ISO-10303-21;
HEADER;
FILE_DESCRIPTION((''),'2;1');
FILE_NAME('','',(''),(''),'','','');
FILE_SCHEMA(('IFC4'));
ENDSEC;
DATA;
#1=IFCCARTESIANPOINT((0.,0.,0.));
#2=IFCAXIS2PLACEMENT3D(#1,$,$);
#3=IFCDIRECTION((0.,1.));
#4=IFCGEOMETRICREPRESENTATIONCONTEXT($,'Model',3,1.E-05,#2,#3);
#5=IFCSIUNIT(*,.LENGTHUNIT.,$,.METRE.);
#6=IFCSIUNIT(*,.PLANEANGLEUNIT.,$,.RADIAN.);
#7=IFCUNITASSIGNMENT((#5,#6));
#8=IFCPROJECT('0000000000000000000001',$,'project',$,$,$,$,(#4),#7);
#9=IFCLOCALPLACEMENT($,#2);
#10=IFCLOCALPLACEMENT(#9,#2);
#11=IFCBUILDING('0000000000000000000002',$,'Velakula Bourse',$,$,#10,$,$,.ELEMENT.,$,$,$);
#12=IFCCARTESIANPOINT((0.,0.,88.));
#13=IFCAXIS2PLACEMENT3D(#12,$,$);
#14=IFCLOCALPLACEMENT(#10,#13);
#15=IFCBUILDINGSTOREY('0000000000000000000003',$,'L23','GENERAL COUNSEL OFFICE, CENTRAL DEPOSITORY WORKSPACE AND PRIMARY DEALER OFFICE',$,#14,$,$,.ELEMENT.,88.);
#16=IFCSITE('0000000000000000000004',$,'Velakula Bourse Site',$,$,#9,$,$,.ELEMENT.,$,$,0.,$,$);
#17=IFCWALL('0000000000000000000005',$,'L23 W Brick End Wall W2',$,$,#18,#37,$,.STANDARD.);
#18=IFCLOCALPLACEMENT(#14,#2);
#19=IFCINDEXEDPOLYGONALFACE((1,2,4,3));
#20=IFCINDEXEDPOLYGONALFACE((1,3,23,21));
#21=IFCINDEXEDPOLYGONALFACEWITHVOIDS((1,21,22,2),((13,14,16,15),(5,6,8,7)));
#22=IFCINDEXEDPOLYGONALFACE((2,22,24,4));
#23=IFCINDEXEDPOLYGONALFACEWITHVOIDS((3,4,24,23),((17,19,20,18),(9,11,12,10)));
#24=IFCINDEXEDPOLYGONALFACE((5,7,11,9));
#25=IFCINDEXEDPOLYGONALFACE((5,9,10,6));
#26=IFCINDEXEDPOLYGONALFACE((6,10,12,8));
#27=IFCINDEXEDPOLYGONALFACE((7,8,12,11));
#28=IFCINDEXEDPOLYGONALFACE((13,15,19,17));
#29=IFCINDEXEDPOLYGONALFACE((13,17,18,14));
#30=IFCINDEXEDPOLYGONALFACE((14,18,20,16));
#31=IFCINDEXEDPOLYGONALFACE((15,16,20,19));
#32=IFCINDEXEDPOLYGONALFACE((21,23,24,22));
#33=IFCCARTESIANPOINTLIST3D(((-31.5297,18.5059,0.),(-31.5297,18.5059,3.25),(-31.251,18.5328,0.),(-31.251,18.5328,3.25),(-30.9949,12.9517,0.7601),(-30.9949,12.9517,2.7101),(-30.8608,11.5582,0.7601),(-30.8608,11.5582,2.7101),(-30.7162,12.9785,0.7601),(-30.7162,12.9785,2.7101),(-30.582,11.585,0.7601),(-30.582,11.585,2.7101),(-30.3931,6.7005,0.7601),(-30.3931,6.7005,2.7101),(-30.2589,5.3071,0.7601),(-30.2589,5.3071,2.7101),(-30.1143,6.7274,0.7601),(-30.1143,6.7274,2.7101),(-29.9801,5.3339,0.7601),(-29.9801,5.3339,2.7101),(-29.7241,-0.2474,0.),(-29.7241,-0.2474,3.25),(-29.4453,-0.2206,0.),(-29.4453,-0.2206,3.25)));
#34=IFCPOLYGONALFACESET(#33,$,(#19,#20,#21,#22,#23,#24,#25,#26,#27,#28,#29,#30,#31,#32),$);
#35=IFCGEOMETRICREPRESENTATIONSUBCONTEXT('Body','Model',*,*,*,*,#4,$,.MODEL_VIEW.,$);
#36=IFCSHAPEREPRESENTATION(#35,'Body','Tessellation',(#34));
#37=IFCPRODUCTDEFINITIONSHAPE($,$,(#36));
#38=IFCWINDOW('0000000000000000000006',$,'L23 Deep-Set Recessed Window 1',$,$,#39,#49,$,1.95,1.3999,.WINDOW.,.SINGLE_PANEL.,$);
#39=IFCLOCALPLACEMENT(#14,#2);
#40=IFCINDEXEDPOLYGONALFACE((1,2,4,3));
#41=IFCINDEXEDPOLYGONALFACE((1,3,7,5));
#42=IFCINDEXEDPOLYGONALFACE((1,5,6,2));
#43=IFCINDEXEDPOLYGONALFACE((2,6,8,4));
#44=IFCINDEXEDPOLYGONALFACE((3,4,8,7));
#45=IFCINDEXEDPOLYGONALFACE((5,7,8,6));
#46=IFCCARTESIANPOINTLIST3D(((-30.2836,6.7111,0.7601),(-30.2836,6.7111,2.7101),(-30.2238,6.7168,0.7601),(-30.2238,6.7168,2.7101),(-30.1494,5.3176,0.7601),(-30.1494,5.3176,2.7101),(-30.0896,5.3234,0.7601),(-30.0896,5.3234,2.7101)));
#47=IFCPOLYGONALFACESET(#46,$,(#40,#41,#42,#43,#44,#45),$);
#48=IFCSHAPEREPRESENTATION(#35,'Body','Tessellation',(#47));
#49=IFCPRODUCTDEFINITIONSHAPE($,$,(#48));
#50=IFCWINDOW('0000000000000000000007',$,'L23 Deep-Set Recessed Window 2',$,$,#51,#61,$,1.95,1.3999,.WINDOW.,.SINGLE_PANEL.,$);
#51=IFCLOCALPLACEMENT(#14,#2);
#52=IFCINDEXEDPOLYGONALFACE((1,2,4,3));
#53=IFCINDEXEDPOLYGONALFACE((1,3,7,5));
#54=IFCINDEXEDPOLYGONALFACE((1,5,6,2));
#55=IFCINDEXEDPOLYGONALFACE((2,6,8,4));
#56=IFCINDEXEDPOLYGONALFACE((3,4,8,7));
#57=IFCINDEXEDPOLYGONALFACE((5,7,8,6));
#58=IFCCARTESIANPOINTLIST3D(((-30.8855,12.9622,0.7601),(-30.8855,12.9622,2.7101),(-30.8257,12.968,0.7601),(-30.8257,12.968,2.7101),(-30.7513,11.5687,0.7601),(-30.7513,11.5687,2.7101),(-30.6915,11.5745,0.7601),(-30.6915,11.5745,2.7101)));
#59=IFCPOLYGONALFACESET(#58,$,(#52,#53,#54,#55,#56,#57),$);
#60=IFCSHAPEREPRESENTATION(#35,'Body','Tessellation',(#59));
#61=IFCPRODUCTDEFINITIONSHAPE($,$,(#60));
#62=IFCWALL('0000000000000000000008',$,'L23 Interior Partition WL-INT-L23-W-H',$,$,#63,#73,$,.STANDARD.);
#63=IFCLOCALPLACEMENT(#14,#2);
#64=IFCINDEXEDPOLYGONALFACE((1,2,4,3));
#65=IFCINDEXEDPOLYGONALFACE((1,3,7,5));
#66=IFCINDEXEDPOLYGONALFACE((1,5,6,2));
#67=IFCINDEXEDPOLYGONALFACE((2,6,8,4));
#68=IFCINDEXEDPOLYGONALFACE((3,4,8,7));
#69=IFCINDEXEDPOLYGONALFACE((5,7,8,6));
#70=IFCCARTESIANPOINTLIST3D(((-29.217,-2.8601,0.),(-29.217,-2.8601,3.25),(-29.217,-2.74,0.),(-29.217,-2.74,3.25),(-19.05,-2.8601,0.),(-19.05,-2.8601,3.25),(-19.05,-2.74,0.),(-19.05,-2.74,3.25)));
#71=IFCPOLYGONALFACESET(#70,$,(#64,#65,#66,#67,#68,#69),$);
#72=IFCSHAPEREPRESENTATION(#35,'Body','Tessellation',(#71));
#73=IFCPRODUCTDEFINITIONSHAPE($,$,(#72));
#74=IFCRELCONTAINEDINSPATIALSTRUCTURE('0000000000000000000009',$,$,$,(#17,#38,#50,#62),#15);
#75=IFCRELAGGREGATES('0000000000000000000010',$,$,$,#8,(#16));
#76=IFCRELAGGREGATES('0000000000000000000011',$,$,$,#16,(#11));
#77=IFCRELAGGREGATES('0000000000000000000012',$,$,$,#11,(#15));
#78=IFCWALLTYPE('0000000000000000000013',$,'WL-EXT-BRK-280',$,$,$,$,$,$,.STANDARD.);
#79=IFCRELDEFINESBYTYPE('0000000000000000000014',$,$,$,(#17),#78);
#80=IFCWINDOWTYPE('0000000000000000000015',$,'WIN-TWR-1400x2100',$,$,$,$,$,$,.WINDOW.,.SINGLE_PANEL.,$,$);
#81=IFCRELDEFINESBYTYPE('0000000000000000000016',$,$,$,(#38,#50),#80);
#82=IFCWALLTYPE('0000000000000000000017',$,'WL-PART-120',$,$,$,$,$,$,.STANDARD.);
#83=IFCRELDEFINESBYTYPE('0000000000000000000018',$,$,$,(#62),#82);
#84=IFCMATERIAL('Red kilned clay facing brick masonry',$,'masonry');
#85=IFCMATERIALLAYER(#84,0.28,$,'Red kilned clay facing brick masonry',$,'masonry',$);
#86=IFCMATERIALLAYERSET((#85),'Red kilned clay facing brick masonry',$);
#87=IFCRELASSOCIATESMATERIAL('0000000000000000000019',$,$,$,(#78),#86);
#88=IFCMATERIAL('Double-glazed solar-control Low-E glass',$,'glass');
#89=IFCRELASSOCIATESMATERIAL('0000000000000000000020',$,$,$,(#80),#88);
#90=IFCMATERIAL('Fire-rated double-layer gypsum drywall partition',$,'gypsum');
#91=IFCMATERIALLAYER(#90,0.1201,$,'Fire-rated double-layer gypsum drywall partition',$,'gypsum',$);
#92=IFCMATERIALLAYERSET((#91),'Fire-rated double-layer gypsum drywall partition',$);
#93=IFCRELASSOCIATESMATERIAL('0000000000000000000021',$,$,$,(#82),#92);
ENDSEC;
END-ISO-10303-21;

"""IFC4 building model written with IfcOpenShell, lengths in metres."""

from ifc_helpers import new_model, si_unit, direction, frame, frame_2d, origin, place, context, subcontext, project, spatial, rectangle, extrude, material, layer, layer_set, type_object, element, fill, save


model = new_model("IFC4")

# Units and contexts
model_context = context("Model", 3, precision=1e-05, world=origin(), true_north=direction((0.0, 1.0)))
body_context = subcontext(model_context, "Body", "Model", "MODEL_VIEW")
ifc_project = project(units=[si_unit("LENGTHUNIT", "METRE"), si_unit("PLANEANGLEUNIT", "RADIAN")], contexts=[model_context])

# Site, building, storey
site_placement = place(None, origin())
site = spatial("IfcSite", under=ifc_project, at=site_placement, Name="Velakula Bourse Site", CompositionType="ELEMENT", RefElevation=0.0)
building_placement = place(site_placement, origin())
building = spatial("IfcBuilding", under=site, at=building_placement, Name="Velakula Bourse", CompositionType="ELEMENT")
storey_placement = place(building_placement, frame((0.0, 0.0, 88.0)))
storey = spatial("IfcBuildingStorey", under=building, at=storey_placement, Name="L23", Description="GENERAL COUNSEL OFFICE, CENTRAL DEPOSITORY WORKSPACE AND PRIMARY DEALER OFFICE", CompositionType="ELEMENT", Elevation=88.0)

# Wall, openings, windows
ifc_material_1 = material(Name="Red kilned clay facing brick masonry", Category="masonry")
ifc_layer_1 = layer(ifc_material_1, 0.28, Name="Red kilned clay facing brick masonry", Category="masonry")
ifc_layer_set_1 = layer_set([ifc_layer_1], Name="Red kilned clay facing brick masonry")
wall_type_1 = type_object("IfcWallType", Name="WL-EXT-BRK-280", PredefinedType="STANDARD", material=ifc_layer_set_1)
wall_1_placement = place(storey_placement, frame((-29.5847, -0.2339, 0.0), z_axis=(0.0, 0.0, 1.0), x_axis=(-0.095841, 0.995397, 0.0)))
wall_1 = element("IfcWall", 1, at=wall_1_placement, inside=storey, type_object=wall_type_1, Name="L23 W Brick End Wall W2", PredefinedType="STANDARD", context=body_context, shape_type="SweptSolid", body=[
    extrude(rectangle(XDim=18.8401, YDim=0.28, at=frame_2d((9.4199, 0.0))), origin(), (0.0, 0.0, 1.0), 3.25),
])
opening_1_placement = place(wall_1_placement, frame((5.5801, 0.0, 0.76)))
opening_1 = element("IfcOpeningElement", 2, at=opening_1_placement, cuts=wall_1, PredefinedType="OPENING", context=body_context, shape_type="SweptSolid", body=[
    extrude(rectangle(XDim=1.3999, YDim=1.95, at=frame_2d((0.7, 0.9751))), frame((0.0, 0.1499, 0.0), z_axis=(0.0, -1.0, 0.0), x_axis=(1.0, 0.0, 0.0)), (0.0, 0.0, 1.0), 0.3),
])
opening_2_placement = place(wall_1_placement, frame((11.8601, 0.0, 0.76)))
opening_2 = element("IfcOpeningElement", 3, at=opening_2_placement, cuts=wall_1, PredefinedType="OPENING", context=body_context, shape_type="SweptSolid", body=[
    extrude(rectangle(XDim=1.3999, YDim=1.95, at=frame_2d((0.7, 0.9751))), frame((0.0, 0.1499, 0.0), z_axis=(0.0, -1.0, 0.0), x_axis=(1.0, 0.0, 0.0)), (0.0, 0.0, 1.0), 0.3),
])
ifc_material_2 = material(Name="Double-glazed solar-control Low-E glass", Category="glass")
window_type = type_object("IfcWindowType", Name="WIN-TWR-1400x2100", PartitioningType="SINGLE_PANEL", PredefinedType="WINDOW", material=ifc_material_2)
window_1_placement = place(opening_1_placement, origin())
window_1 = element("IfcWindow", 4, at=window_1_placement, inside=storey, type_object=window_type, Name="L23 Deep-Set Recessed Window 1", OverallHeight=1.95, OverallWidth=1.3999, PartitioningType="SINGLE_PANEL", PredefinedType="WINDOW", context=body_context, shape_type="SweptSolid", body=[
    extrude(rectangle(XDim=1.3999, YDim=1.95, at=frame_2d((0.7, 0.9751))), frame((0.0, 0.03, 0.0), z_axis=(0.0, -1.0, 0.0), x_axis=(1.0, 0.0, 0.0)), (0.0, 0.0, 1.0), 0.0601),
])
fill(opening_1, window_1)
window_2_placement = place(opening_2_placement, origin())
window_2 = element("IfcWindow", 5, at=window_2_placement, inside=storey, type_object=window_type, Name="L23 Deep-Set Recessed Window 2", OverallHeight=1.95, OverallWidth=1.3999, PartitioningType="SINGLE_PANEL", PredefinedType="WINDOW", context=body_context, shape_type="SweptSolid", body=[
    extrude(rectangle(XDim=1.3999, YDim=1.95, at=frame_2d((0.7, 0.9751))), frame((0.0, 0.03, 0.0), z_axis=(0.0, -1.0, 0.0), x_axis=(1.0, 0.0, 0.0)), (0.0, 0.0, 1.0), 0.0601),
])
fill(opening_2, window_2)

# Wall
ifc_material_3 = material(Name="Fire-rated double-layer gypsum drywall partition", Category="gypsum")
ifc_layer_2 = layer(ifc_material_3, 0.1201, Name="Fire-rated double-layer gypsum drywall partition", Category="gypsum")
ifc_layer_set_2 = layer_set([ifc_layer_2], Name="Fire-rated double-layer gypsum drywall partition")
wall_type_2 = type_object("IfcWallType", Name="WL-PART-120", PredefinedType="STANDARD", material=ifc_layer_set_2)
wall_2_placement = place(storey_placement, frame((-29.217, -2.8, 0.0), z_axis=(0.0, 0.0, 1.0), x_axis=(1.0, 0.0, 0.0)))
element("IfcWall", 6, at=wall_2_placement, inside=storey, type_object=wall_type_2, Name="L23 Interior Partition WL-INT-L23-W-H", PredefinedType="STANDARD", context=body_context, shape_type="SweptSolid", body=[
    extrude(rectangle(XDim=10.167, YDim=0.1201, at=frame_2d((5.0835, 0.0))), origin(), (0.0, 0.0, 1.0), 3.25),
])

save(model, "model.ifc")
